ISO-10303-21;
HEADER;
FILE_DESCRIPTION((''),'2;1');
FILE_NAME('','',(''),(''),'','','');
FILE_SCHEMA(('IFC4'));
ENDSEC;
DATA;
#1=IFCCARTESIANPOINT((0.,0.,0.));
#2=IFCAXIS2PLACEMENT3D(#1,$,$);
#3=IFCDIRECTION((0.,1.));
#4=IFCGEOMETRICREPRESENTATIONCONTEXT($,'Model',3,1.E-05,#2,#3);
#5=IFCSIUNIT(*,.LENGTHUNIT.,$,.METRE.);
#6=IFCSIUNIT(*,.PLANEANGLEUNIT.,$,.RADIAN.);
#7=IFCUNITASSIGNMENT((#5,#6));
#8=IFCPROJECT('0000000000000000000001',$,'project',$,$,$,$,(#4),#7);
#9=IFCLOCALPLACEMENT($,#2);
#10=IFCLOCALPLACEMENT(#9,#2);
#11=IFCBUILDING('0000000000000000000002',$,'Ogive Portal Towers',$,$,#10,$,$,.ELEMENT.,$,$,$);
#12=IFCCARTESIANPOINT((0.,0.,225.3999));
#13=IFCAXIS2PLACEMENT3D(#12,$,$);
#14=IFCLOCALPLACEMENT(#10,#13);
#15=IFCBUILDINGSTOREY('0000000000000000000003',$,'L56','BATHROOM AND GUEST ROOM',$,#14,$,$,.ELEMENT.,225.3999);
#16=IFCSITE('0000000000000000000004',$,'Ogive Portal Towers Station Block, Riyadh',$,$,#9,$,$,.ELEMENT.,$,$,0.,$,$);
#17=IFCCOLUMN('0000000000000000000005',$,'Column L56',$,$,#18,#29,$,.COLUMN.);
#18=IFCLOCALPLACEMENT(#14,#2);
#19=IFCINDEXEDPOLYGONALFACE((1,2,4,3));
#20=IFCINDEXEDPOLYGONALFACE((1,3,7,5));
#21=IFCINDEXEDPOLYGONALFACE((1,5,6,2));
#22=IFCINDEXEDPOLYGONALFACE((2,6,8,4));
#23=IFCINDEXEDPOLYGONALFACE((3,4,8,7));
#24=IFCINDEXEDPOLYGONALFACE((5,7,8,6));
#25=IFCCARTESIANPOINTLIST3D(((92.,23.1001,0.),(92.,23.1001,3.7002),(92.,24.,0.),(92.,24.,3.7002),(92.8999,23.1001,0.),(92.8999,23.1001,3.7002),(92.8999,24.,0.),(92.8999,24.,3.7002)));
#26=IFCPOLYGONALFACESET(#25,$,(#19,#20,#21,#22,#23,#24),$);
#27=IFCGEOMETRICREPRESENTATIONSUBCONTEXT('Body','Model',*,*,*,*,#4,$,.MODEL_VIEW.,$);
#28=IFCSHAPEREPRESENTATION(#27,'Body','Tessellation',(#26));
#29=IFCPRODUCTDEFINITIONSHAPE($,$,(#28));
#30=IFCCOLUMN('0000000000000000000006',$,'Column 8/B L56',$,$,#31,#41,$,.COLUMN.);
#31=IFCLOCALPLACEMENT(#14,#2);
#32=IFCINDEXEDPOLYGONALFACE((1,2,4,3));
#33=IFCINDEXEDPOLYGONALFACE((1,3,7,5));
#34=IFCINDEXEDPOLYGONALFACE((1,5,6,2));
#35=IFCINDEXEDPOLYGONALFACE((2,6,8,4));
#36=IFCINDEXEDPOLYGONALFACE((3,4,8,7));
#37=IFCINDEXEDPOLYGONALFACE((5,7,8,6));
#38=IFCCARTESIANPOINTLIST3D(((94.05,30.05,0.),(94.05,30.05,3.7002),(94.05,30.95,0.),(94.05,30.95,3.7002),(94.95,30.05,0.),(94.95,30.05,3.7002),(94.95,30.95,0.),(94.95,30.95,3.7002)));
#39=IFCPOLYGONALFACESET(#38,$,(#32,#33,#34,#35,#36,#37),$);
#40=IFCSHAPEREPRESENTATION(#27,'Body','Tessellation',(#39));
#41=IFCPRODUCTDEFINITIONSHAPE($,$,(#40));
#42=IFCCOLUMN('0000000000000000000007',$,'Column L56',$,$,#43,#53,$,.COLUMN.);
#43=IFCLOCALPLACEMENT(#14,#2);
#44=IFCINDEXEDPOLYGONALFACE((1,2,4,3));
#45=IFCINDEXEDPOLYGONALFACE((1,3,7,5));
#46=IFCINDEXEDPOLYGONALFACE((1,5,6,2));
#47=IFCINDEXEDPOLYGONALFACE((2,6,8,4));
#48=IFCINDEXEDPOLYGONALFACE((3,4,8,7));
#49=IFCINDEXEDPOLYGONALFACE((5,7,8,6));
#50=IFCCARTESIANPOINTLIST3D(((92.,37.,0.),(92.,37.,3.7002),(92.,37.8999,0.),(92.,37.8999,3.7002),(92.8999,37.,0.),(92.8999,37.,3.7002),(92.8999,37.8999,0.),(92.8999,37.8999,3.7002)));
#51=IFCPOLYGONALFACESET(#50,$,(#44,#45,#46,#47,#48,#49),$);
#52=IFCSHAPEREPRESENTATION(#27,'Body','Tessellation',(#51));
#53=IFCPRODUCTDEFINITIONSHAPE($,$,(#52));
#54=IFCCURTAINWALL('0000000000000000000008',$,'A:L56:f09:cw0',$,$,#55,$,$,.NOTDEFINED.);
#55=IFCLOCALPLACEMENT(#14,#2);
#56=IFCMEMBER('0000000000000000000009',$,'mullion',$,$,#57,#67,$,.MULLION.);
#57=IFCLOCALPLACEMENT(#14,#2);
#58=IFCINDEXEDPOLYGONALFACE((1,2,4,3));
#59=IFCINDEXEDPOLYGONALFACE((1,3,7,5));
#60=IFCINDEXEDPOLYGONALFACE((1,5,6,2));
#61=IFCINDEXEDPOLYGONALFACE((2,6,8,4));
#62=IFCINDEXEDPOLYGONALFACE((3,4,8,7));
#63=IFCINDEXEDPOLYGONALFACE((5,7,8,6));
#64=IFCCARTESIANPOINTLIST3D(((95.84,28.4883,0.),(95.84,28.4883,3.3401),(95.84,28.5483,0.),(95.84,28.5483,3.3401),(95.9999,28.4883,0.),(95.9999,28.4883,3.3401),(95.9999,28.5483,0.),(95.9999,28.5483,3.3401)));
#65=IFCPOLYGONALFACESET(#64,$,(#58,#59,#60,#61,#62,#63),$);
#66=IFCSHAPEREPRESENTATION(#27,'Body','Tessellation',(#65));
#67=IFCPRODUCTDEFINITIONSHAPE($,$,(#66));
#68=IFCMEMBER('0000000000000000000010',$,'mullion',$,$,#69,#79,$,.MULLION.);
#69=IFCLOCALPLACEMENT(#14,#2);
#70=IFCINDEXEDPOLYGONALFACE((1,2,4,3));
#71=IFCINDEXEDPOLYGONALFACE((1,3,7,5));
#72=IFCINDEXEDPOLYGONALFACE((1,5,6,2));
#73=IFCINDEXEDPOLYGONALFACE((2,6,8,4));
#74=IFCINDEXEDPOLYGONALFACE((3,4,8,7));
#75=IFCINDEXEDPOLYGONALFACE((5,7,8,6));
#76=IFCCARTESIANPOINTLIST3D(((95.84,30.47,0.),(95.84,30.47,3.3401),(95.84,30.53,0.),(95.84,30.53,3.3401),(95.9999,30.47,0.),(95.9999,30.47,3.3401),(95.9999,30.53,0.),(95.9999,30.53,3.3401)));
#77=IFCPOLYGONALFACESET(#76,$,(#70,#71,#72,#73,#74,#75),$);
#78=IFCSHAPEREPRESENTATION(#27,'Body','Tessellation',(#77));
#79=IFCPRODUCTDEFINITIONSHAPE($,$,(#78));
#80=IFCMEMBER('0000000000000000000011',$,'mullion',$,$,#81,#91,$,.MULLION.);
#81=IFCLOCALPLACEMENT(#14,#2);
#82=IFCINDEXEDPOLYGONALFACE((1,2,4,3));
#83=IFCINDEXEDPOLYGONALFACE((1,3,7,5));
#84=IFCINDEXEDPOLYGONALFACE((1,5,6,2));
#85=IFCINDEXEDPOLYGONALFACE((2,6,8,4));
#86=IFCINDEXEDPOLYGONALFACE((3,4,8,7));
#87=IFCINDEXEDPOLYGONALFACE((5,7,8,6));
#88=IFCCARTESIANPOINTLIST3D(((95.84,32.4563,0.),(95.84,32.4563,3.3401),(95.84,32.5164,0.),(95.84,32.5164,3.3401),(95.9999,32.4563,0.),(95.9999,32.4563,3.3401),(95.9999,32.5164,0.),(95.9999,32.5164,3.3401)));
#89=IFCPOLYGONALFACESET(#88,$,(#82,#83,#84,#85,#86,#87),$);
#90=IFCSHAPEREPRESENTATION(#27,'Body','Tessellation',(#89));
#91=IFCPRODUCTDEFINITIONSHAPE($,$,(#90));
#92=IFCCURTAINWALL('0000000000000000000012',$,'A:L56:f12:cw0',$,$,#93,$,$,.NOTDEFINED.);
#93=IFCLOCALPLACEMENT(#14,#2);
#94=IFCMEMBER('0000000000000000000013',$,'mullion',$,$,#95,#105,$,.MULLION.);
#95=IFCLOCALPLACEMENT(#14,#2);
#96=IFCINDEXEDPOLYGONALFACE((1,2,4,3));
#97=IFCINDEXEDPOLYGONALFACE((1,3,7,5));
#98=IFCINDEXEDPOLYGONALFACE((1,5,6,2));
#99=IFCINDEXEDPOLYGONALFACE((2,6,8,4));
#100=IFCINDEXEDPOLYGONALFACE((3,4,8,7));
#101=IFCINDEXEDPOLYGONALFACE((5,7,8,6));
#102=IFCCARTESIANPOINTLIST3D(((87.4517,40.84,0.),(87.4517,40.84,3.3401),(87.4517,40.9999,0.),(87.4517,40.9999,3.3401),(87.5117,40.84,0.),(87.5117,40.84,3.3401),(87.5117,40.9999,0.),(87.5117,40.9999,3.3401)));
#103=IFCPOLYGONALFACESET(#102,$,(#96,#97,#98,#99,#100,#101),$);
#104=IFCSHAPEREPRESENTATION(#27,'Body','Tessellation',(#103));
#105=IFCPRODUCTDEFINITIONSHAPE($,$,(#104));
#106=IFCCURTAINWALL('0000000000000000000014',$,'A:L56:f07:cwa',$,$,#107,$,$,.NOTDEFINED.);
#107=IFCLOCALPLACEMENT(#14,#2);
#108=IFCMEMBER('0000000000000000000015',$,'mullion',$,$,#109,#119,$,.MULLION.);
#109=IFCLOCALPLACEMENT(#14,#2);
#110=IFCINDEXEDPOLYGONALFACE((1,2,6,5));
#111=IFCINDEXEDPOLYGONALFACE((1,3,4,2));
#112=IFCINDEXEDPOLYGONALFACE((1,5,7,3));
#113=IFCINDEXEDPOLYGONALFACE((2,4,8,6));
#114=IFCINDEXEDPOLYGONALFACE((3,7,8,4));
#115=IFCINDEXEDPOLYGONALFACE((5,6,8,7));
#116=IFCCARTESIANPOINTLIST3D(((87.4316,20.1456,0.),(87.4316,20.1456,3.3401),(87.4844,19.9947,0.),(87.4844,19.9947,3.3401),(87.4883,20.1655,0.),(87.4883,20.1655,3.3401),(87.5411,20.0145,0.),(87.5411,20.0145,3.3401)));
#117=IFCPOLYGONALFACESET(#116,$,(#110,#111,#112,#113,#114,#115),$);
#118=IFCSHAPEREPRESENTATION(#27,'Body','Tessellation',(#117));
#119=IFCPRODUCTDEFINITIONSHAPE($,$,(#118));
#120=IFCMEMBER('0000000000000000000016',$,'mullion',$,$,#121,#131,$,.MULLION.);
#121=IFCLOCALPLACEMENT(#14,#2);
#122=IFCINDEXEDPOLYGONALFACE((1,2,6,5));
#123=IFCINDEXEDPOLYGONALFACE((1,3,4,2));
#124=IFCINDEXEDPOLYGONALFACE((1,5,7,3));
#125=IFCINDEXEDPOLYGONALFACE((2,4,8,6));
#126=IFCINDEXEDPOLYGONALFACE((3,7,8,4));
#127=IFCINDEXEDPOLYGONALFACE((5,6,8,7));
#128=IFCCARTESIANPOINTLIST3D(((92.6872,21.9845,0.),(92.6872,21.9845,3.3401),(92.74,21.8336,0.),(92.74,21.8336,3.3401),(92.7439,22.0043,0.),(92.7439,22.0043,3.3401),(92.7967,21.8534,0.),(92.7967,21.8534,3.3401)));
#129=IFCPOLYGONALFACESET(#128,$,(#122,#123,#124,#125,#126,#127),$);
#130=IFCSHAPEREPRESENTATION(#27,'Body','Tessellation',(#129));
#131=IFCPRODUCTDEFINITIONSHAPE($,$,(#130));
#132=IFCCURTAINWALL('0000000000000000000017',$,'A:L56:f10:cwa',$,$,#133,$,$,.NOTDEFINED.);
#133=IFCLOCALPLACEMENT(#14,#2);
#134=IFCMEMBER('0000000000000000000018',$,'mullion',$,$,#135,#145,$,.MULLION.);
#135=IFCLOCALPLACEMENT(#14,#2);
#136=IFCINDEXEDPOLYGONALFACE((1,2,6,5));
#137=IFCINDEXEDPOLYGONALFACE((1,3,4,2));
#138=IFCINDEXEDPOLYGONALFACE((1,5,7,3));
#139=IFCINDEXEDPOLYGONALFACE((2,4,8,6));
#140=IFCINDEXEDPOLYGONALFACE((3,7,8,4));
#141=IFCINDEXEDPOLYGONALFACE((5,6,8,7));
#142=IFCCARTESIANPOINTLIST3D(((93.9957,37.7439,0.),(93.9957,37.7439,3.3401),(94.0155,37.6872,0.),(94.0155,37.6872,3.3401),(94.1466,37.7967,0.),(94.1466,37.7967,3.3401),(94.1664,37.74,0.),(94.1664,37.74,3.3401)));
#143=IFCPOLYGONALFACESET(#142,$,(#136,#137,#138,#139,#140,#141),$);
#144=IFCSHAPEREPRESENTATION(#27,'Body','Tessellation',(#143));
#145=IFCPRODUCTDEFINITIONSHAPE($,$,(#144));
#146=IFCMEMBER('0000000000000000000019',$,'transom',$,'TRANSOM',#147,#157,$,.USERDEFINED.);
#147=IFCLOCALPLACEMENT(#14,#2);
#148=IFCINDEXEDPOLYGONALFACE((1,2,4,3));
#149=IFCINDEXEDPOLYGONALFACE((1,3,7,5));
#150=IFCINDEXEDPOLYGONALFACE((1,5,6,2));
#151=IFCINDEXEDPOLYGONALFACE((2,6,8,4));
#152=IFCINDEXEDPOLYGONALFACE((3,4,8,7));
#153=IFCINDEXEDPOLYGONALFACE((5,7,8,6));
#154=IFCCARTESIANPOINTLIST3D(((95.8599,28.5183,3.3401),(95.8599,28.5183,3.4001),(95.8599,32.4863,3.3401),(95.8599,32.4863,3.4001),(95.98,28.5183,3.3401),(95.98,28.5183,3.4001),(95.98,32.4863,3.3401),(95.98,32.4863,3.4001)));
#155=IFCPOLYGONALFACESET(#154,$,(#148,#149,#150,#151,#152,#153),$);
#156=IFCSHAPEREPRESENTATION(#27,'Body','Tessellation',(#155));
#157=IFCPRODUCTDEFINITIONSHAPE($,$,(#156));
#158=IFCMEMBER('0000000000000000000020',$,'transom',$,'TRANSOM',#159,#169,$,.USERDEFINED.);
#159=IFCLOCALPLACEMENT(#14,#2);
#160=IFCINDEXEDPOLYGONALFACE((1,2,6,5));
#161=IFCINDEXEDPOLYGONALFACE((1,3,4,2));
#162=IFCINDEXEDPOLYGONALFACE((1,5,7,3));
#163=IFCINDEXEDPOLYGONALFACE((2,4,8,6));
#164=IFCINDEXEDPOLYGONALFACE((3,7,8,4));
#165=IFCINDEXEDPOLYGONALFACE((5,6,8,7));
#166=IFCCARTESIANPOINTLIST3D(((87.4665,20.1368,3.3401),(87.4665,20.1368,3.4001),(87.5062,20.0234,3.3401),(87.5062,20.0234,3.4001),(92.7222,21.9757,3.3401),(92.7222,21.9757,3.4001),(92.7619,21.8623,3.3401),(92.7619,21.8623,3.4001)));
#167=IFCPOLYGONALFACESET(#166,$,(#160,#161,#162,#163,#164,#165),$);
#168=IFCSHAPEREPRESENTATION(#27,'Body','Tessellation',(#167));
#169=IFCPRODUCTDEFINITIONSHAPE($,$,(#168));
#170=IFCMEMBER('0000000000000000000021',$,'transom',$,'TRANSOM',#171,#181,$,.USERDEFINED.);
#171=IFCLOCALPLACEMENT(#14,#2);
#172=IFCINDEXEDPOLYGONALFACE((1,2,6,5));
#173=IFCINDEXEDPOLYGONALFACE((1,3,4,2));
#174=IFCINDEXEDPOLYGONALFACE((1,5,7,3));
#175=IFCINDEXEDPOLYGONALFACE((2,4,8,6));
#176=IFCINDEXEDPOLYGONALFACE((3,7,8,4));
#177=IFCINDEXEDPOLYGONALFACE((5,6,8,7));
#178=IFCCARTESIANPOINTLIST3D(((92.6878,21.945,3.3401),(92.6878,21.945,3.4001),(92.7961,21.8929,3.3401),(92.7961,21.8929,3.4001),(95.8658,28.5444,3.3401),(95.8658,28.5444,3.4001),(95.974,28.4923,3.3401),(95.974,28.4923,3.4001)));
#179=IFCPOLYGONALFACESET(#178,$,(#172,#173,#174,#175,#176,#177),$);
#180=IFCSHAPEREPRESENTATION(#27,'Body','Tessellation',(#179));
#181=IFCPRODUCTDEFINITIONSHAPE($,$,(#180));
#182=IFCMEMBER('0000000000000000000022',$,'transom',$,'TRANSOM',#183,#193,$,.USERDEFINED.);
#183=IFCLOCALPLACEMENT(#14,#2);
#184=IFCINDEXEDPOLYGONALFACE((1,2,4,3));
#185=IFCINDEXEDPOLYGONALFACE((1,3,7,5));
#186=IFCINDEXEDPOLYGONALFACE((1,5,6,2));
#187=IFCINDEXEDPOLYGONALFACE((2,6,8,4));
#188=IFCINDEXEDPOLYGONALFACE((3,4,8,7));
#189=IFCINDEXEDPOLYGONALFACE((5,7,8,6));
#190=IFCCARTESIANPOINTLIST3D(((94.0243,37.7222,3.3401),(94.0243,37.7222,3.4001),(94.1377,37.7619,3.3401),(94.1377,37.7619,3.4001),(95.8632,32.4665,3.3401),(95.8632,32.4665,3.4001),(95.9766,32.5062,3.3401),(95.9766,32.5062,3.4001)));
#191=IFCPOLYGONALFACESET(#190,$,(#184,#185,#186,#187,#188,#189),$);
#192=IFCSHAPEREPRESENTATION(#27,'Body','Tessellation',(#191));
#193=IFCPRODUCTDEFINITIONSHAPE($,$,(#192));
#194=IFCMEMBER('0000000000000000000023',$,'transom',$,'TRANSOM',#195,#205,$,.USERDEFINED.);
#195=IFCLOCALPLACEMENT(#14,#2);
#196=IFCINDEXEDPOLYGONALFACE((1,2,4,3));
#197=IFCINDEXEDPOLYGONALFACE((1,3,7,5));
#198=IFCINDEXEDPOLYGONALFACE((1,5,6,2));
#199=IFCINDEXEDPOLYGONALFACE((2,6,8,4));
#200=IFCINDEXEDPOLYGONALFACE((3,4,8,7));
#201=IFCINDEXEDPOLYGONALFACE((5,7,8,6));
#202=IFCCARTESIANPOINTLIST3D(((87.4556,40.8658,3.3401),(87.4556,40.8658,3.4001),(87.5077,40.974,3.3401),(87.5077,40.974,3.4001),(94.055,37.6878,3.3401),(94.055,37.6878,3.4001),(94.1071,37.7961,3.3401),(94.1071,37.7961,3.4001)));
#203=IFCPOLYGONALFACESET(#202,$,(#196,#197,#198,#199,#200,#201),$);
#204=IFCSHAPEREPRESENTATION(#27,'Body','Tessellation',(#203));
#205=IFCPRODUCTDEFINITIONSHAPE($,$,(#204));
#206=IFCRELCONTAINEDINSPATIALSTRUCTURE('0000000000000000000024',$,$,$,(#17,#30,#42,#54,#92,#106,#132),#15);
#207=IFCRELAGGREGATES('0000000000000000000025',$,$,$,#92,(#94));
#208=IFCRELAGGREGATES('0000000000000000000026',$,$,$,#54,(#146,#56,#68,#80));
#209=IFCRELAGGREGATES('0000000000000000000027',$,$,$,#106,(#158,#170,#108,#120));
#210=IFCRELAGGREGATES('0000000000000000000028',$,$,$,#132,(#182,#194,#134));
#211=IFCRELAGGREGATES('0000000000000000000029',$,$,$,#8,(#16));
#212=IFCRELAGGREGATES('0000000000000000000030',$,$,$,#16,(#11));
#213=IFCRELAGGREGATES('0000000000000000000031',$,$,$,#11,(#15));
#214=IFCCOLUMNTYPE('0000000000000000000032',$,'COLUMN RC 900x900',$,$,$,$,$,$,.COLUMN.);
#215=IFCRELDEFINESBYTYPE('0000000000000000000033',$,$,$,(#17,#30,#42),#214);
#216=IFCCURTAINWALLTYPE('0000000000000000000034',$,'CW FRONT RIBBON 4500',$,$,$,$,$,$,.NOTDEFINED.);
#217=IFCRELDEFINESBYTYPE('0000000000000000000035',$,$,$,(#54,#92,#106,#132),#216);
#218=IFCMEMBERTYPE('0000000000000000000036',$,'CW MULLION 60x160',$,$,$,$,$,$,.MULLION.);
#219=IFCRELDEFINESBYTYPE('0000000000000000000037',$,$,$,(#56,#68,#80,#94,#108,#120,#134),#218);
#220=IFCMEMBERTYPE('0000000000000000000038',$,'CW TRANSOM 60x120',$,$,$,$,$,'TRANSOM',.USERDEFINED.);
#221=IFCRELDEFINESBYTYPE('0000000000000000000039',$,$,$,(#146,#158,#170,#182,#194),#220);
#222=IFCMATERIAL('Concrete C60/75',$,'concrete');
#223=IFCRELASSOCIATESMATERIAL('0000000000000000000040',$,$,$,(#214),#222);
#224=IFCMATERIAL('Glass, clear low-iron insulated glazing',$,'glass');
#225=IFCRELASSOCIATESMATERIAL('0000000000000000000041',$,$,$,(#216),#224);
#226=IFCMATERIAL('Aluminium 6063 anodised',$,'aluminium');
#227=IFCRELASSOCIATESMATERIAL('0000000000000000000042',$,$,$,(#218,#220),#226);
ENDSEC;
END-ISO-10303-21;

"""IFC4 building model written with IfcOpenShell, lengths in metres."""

from ifc_helpers import new_model, si_unit, direction, frame, origin, origin_2d, place, context, subcontext, project, spatial, rectangle, extrude, material, material_profile, profile_set, type_object, element, aggregate, save


model = new_model("IFC4")

# Units and contexts
model_context = context("Model", 3, precision=1e-05, world=origin(), true_north=direction((0.0, 1.0)))
body_context = subcontext(model_context, "Body", "Model", "MODEL_VIEW")
ifc_project = project(units=[si_unit("LENGTHUNIT", "METRE"), si_unit("PLANEANGLEUNIT", "RADIAN")], contexts=[model_context])

# Site, building, storey
site_placement = place(None, origin())
site = spatial("IfcSite", under=ifc_project, at=site_placement, Name="Ogive Portal Towers Station Block, Riyadh", CompositionType="ELEMENT", RefElevation=0.0)
building_placement = place(site_placement, origin())
building = spatial("IfcBuilding", under=site, at=building_placement, Name="Ogive Portal Towers", CompositionType="ELEMENT")
storey_placement = place(building_placement, frame((0.0, 0.0, 225.3999)))
storey = spatial("IfcBuildingStorey", under=building, at=storey_placement, Name="L56", Description="BATHROOM AND GUEST ROOM", CompositionType="ELEMENT", Elevation=225.3999)

# Columns
ifc_material_1 = material(Name="Concrete C60/75", Category="concrete")
ifc_material_profile_1 = material_profile(ifc_material_1, rectangle(XDim=0.8999, YDim=0.8999, at=origin_2d()), Name="RC 900x900")
ifc_profile_set_1 = profile_set([ifc_material_profile_1], Name="Concrete C60/75")
column_type = type_object("IfcColumnType", Name="COLUMN RC 900x900", PredefinedType="COLUMN", material=ifc_profile_set_1)
for number, where, z_axis, x_axis, name in (
    (1, (92.45, 23.55, 0.0), (0.0, 0.0, 1.0), (1.0, 0.0, 0.0), "Column L56"),
    (2, (94.5, 30.5, 0.0), (0.0, 0.0, 1.0), (1.0, 0.0, 0.0), "Column 8/B L56"),
    (3, (92.45, 37.45, 0.0), (0.0, 0.0, 1.0), (1.0, 0.0, 0.0), "Column L56"),
):
    element("IfcColumn", number, at=place(storey_placement, frame(where, z_axis=z_axis, x_axis=x_axis)), inside=storey, type_object=column_type, Name=name, PredefinedType="COLUMN", context=body_context, shape_type="SweptSolid", body=[
        extrude(rectangle(XDim=0.8999, YDim=0.8999, at=origin_2d()), origin(), (0.0, 0.0, 1.0), 3.7002),
    ])

# Curtain wall, members
ifc_material_2 = material(Name="Glass, clear low-iron insulated glazing", Category="glass")
curtain_wall_type = type_object("IfcCurtainWallType", Name="CW FRONT RIBBON 4500", PredefinedType="NOTDEFINED", material=ifc_material_2)
curtain_wall_1_placement = place(storey_placement, origin())
curtain_wall_1 = element("IfcCurtainWall", 4, at=curtain_wall_1_placement, inside=storey, type_object=curtain_wall_type, Name="A:L56:f09:cw0", PredefinedType="NOTDEFINED")
ifc_material_3 = material(Name="Aluminium 6063 anodised", Category="aluminium")
ifc_material_profile_2 = material_profile(ifc_material_3, rectangle(XDim=0.1599, YDim=0.0601, at=origin_2d()), Name="AL 60x160")
ifc_profile_set_2 = profile_set([ifc_material_profile_2], Name="Aluminium 6063 anodised")
member_type_1 = type_object("IfcMemberType", Name="CW MULLION 60x160", PredefinedType="MULLION", material=ifc_profile_set_2)
member_1_placement = place(storey_placement, frame((95.9199, 28.5183, 0.0), z_axis=(0.0, 0.0, 1.0), x_axis=(-1.0, 0.0, 0.0)))
member_1 = element("IfcMember", 5, at=member_1_placement, type_object=member_type_1, Name="mullion", PredefinedType="MULLION", context=body_context, shape_type="SweptSolid", body=[
    extrude(rectangle(XDim=0.1599, YDim=0.0601, at=origin_2d()), origin(), (0.0, 0.0, 1.0), 3.3401),
])
member_2_placement = place(storey_placement, frame((95.9199, 30.5, 0.0), z_axis=(0.0, 0.0, 1.0), x_axis=(-1.0, 0.0, 0.0)))
member_2 = element("IfcMember", 6, at=member_2_placement, type_object=member_type_1, Name="mullion", PredefinedType="MULLION", context=body_context, shape_type="SweptSolid", body=[
    extrude(rectangle(XDim=0.1599, YDim=0.0601, at=origin_2d()), origin(), (0.0, 0.0, 1.0), 3.3401),
])
member_3_placement = place(storey_placement, frame((95.9199, 32.4863, 0.0), z_axis=(0.0, 0.0, 1.0), x_axis=(-1.0, 0.0, 0.0)))
member_3 = element("IfcMember", 7, at=member_3_placement, type_object=member_type_1, Name="mullion", PredefinedType="MULLION", context=body_context, shape_type="SweptSolid", body=[
    extrude(rectangle(XDim=0.1599, YDim=0.0601, at=origin_2d()), origin(), (0.0, 0.0, 1.0), 3.3401),
])

# Curtain wall, member
curtain_wall_2_placement = place(storey_placement, origin())
curtain_wall_2 = element("IfcCurtainWall", 8, at=curtain_wall_2_placement, inside=storey, type_object=curtain_wall_type, Name="A:L56:f12:cw0", PredefinedType="NOTDEFINED")
member_4_placement = place(storey_placement, frame((87.4817, 40.9199, 0.0), z_axis=(0.0, 0.0, 1.0), x_axis=(0.0, -1.0, 0.0)))
member_4 = element("IfcMember", 9, at=member_4_placement, type_object=member_type_1, Name="mullion", PredefinedType="MULLION", context=body_context, shape_type="SweptSolid", body=[
    extrude(rectangle(XDim=0.1599, YDim=0.0601, at=origin_2d()), origin(), (0.0, 0.0, 1.0), 3.3401),
])
aggregate(curtain_wall_2, [member_4])

# Curtain wall, members
curtain_wall_3_placement = place(storey_placement, origin())
curtain_wall_3 = element("IfcCurtainWall", 10, at=curtain_wall_3_placement, inside=storey, type_object=curtain_wall_type, Name="A:L56:f07:cwa", PredefinedType="NOTDEFINED")
member_5_placement = place(storey_placement, frame((87.4863, 20.0801, 0.0), z_axis=(0.0, 0.0, 1.0), x_axis=(-0.330279, 0.943883, 0.0)))
member_5 = element("IfcMember", 11, at=member_5_placement, type_object=member_type_1, Name="mullion", PredefinedType="MULLION", context=body_context, shape_type="SweptSolid", body=[
    extrude(rectangle(XDim=0.1599, YDim=0.0601, at=origin_2d()), origin(), (0.0, 0.0, 1.0), 3.3401),
])
member_6_placement = place(storey_placement, frame((92.7419, 21.9189, 0.0), z_axis=(0.0, 0.0, 1.0), x_axis=(-0.330279, 0.943883, 0.0)))
member_6 = element("IfcMember", 12, at=member_6_placement, type_object=member_type_1, Name="mullion", PredefinedType="MULLION", context=body_context, shape_type="SweptSolid", body=[
    extrude(rectangle(XDim=0.1599, YDim=0.0601, at=origin_2d()), origin(), (0.0, 0.0, 1.0), 3.3401),
])

# Curtain wall, member
curtain_wall_4_placement = place(storey_placement, origin())
curtain_wall_4 = element("IfcCurtainWall", 13, at=curtain_wall_4_placement, inside=storey, type_object=curtain_wall_type, Name="A:L56:f10:cwa", PredefinedType="NOTDEFINED")
member_7_placement = place(storey_placement, frame((94.0811, 37.7419, 0.0), z_axis=(0.0, 0.0, 1.0), x_axis=(-0.943883, -0.330279, 0.0)))
member_7 = element("IfcMember", 14, at=member_7_placement, type_object=member_type_1, Name="mullion", PredefinedType="MULLION", context=body_context, shape_type="SweptSolid", body=[
    extrude(rectangle(XDim=0.1599, YDim=0.0601, at=origin_2d()), origin(), (0.0, 0.0, 1.0), 3.3401),
])

# Members
ifc_material_profile_3 = material_profile(ifc_material_3, rectangle(XDim=0.1201, YDim=0.0601, at=origin_2d()), Name="AL 120x60")
ifc_profile_set_3 = profile_set([ifc_material_profile_3], Name="Aluminium 6063 anodised")
member_type_2 = type_object("IfcMemberType", Name="CW TRANSOM 60x120", ElementType="TRANSOM", PredefinedType="USERDEFINED", material=ifc_profile_set_3)
member_8_placement = place(storey_placement, frame((95.9199, 28.5183, 3.3701), z_axis=(0.0, 1.0, 0.0), x_axis=(-1.0, 0.0, 0.0)))
member_8 = element("IfcMember", 15, at=member_8_placement, type_object=member_type_2, Name="transom", ObjectType="TRANSOM", PredefinedType="USERDEFINED", context=body_context, shape_type="SweptSolid", body=[
    extrude(rectangle(XDim=0.1201, YDim=0.0601, at=origin_2d()), origin(), (0.0, 0.0, 1.0), 3.968),
])
member_9_placement = place(storey_placement, frame((87.4863, 20.0801, 3.3701), z_axis=(0.943892, 0.330255, 0.0), x_axis=(-0.330255, 0.943892, 0.0)))
member_9 = element("IfcMember", 16, at=member_9_placement, type_object=member_type_2, Name="transom", ObjectType="TRANSOM", PredefinedType="USERDEFINED", context=body_context, shape_type="SweptSolid", body=[
    extrude(rectangle(XDim=0.1201, YDim=0.0601, at=origin_2d()), origin(), (0.0, 0.0, 1.0), 5.5681),
])
member_10_placement = place(storey_placement, frame((92.7419, 21.9189, 3.3701), z_axis=(0.433872, 0.900975, 0.0), x_axis=(-0.900975, 0.433872, 0.0)))
member_10 = element("IfcMember", 17, at=member_10_placement, type_object=member_type_2, Name="transom", ObjectType="TRANSOM", PredefinedType="USERDEFINED", context=body_context, shape_type="SweptSolid", body=[
    extrude(rectangle(XDim=0.1201, YDim=0.0601, at=origin_2d()), origin(), (0.0, 0.0, 1.0), 7.3247),
])
member_11_placement = place(storey_placement, frame((95.9199, 32.4863, 3.3701), z_axis=(-0.330255, 0.943892, 0.0), x_axis=(-0.943892, -0.330255, 0.0)))
member_11 = element("IfcMember", 18, at=member_11_placement, type_object=member_type_2, Name="transom", ObjectType="TRANSOM", PredefinedType="USERDEFINED", context=body_context, shape_type="SweptSolid", body=[
    extrude(rectangle(XDim=0.1201, YDim=0.0601, at=origin_2d()), origin(), (0.0, 0.0, 1.0), 5.5681),
])
member_12_placement = place(storey_placement, frame((94.0811, 37.7419, 3.3701), z_axis=(-0.900975, 0.433872, 0.0), x_axis=(-0.433872, -0.900975, 0.0)))
member_12 = element("IfcMember", 19, at=member_12_placement, type_object=member_type_2, Name="transom", ObjectType="TRANSOM", PredefinedType="USERDEFINED", context=body_context, shape_type="SweptSolid", body=[
    extrude(rectangle(XDim=0.1201, YDim=0.0601, at=origin_2d()), origin(), (0.0, 0.0, 1.0), 7.3247),
])

aggregate(curtain_wall_1, [member_8, member_1, member_2, member_3])
aggregate(curtain_wall_3, [member_9, member_10, member_5, member_6])
aggregate(curtain_wall_4, [member_11, member_12, member_7])

save(model, "model.ifc")
